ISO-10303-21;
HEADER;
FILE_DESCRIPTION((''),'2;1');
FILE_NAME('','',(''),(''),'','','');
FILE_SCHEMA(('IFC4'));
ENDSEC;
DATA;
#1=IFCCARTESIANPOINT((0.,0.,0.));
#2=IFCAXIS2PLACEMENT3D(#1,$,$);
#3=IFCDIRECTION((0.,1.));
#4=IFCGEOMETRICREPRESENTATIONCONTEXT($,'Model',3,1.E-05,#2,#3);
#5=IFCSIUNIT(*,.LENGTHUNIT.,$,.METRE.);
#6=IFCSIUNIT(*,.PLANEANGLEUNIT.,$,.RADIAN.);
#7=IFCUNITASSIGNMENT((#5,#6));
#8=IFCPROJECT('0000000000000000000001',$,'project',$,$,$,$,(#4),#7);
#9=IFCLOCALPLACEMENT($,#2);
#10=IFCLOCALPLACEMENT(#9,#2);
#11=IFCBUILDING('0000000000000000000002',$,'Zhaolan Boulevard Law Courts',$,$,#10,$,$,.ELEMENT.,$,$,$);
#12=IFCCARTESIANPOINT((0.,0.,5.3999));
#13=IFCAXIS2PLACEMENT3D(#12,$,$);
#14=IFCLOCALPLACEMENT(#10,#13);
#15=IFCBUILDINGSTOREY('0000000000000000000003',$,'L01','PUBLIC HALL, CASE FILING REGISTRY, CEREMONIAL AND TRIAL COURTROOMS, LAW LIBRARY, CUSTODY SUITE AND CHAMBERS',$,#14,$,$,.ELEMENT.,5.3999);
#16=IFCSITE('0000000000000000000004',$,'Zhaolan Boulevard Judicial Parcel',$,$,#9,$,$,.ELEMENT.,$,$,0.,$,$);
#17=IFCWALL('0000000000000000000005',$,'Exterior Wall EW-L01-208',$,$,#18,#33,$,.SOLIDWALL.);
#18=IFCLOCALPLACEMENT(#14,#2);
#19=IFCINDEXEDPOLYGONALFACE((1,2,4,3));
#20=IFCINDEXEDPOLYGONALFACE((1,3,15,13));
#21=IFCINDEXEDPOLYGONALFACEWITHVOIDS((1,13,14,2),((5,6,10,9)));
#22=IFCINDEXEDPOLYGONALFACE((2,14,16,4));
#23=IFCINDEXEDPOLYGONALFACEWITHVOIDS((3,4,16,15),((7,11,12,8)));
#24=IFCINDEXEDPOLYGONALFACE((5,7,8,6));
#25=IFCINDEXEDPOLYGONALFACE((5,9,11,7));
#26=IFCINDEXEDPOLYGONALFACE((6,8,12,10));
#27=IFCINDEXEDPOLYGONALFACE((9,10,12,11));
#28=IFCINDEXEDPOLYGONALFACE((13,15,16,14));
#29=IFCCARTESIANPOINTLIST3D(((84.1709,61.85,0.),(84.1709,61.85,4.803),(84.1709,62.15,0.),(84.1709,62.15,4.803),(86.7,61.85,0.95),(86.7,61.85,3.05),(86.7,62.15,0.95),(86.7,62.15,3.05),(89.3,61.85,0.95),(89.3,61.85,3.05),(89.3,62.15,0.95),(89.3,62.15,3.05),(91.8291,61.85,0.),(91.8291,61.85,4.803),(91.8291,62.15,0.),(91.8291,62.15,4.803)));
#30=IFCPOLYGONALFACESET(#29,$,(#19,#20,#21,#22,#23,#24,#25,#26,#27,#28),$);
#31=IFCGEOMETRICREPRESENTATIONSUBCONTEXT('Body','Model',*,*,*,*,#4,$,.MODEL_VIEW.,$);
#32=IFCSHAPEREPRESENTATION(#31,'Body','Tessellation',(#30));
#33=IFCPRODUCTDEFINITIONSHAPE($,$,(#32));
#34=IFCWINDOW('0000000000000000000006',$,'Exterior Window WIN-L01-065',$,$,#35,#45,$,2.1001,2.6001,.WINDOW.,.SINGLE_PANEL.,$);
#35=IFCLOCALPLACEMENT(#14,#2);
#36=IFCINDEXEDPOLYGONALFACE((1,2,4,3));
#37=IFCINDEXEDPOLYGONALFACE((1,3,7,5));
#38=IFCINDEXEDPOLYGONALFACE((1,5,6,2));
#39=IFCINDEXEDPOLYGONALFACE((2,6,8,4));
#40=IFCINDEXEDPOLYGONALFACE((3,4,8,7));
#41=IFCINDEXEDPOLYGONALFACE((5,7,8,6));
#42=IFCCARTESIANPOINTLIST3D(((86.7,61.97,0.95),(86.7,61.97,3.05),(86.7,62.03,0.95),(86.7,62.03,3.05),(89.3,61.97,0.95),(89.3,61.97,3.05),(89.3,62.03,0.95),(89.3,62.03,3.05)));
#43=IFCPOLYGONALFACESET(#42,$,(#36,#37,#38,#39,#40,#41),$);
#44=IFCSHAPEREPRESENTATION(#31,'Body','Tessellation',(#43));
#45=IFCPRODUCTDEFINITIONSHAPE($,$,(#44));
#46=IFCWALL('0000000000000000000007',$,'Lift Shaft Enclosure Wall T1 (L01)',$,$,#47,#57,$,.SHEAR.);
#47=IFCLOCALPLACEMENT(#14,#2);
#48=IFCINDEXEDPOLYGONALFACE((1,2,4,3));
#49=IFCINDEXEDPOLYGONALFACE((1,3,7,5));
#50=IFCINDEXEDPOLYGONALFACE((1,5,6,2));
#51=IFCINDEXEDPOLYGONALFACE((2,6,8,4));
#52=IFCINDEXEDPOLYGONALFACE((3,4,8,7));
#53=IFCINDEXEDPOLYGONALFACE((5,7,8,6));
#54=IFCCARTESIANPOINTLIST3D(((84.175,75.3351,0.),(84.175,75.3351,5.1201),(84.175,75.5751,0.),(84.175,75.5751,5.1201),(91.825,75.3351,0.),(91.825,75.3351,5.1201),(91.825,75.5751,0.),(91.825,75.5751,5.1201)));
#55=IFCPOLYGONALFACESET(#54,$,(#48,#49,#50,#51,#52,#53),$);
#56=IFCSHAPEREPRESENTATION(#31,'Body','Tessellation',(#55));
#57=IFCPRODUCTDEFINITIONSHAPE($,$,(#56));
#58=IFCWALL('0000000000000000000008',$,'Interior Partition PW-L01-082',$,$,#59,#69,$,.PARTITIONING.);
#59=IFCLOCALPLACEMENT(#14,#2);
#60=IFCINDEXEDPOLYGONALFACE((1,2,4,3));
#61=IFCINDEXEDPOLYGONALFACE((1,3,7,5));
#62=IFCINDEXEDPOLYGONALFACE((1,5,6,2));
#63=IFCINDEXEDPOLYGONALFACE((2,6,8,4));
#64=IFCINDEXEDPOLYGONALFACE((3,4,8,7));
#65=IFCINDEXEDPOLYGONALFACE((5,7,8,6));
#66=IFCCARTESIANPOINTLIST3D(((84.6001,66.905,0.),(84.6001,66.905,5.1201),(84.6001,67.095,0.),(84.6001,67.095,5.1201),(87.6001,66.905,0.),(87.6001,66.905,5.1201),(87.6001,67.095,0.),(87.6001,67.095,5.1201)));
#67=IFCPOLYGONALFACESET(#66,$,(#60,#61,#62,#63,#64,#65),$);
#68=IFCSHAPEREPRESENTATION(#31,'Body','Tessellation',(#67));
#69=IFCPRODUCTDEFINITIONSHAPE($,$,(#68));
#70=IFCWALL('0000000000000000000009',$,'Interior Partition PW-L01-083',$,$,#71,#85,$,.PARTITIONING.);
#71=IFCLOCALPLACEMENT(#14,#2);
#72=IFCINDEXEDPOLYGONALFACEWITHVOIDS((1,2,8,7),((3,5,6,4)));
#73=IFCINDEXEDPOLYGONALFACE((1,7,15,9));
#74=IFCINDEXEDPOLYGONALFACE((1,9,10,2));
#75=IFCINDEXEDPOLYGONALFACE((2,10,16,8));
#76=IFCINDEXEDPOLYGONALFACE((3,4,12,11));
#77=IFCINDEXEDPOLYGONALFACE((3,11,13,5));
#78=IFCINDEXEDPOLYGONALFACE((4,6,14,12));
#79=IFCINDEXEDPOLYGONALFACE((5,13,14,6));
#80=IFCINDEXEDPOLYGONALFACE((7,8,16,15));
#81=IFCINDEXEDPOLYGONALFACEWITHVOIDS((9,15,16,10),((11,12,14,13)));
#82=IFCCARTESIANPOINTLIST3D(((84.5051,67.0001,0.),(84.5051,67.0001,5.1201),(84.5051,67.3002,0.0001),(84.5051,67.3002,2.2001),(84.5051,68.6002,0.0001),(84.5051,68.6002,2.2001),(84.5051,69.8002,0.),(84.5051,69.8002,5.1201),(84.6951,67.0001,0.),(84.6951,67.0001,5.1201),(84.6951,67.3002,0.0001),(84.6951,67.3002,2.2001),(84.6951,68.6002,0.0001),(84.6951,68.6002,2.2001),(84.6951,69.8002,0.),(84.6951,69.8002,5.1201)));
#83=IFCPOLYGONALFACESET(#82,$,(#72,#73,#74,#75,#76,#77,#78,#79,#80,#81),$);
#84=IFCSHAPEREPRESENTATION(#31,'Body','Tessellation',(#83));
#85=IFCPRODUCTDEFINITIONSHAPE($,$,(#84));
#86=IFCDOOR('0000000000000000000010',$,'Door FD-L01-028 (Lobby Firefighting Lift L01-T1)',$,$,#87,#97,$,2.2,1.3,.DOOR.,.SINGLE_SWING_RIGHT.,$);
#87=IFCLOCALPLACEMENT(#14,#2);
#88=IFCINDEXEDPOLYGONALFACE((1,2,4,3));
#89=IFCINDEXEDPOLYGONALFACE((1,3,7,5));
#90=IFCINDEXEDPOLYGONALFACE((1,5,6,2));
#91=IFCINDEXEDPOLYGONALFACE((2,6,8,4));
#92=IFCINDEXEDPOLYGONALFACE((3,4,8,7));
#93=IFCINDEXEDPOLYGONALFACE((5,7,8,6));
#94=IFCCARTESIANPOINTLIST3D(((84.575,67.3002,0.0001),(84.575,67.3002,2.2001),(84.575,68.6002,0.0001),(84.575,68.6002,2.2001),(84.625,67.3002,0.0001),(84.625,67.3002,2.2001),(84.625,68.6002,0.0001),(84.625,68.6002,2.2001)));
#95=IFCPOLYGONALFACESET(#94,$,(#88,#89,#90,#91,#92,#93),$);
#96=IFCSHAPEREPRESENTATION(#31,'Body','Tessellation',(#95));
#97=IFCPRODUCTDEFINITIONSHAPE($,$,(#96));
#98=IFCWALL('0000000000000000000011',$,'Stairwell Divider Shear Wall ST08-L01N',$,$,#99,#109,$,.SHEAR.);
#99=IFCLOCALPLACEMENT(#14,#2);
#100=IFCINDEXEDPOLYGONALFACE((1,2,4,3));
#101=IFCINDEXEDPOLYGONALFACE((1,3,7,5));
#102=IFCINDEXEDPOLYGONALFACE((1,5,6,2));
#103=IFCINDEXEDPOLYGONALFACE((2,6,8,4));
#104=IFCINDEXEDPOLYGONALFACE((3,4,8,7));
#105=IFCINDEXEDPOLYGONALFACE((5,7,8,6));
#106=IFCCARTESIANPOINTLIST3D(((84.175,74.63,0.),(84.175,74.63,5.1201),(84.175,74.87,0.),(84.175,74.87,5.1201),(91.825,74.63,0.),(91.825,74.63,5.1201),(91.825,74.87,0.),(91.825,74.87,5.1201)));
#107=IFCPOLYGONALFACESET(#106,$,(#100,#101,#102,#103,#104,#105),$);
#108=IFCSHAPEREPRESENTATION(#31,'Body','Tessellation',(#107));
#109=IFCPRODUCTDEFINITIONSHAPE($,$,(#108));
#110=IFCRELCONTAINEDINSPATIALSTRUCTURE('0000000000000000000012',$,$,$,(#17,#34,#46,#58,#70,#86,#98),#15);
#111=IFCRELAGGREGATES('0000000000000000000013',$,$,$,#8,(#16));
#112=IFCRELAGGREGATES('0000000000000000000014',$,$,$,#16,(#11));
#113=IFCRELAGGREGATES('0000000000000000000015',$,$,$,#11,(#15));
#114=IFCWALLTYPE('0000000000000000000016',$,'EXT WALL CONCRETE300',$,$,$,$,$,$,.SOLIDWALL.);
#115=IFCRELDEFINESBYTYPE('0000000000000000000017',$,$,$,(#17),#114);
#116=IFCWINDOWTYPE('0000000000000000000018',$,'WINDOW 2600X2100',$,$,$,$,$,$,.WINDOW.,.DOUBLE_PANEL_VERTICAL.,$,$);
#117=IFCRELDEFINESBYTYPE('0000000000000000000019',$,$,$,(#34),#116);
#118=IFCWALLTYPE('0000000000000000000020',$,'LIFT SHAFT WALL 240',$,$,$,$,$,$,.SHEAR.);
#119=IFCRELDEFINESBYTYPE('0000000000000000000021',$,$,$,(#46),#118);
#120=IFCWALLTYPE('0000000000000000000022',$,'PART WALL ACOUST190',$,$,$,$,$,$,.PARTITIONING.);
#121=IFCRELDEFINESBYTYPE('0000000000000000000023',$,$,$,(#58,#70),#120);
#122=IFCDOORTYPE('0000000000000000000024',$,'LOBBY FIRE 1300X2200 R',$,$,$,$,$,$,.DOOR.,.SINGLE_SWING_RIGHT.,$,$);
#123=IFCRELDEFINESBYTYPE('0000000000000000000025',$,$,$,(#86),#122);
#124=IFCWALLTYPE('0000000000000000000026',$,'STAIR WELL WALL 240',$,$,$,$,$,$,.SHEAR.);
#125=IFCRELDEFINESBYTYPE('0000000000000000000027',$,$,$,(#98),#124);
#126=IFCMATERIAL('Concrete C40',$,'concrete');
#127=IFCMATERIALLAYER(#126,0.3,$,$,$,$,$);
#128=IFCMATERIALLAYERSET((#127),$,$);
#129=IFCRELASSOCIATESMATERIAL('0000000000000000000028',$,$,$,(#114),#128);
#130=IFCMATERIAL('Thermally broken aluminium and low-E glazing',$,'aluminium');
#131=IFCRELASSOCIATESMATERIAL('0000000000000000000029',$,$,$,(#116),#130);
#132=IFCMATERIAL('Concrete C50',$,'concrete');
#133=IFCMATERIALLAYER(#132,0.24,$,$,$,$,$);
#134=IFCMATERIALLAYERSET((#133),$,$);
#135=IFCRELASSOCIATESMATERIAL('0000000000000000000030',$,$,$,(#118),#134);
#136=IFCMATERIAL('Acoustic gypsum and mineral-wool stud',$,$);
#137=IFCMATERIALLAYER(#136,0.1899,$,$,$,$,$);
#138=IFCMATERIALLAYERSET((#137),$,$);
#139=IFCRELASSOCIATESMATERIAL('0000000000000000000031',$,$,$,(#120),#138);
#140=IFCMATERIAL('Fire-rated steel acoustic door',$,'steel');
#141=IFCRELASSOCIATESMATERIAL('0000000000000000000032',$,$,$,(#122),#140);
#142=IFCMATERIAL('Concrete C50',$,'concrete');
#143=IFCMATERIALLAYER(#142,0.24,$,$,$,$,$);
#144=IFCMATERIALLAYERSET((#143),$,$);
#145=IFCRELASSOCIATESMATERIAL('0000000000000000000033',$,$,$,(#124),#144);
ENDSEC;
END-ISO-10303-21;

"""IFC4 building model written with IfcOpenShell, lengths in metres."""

from ifc_helpers import new_model, si_unit, direction, frame, frame_2d, origin, place, context, subcontext, project, spatial, rectangle, extrude, material, layer, layer_set, type_object, element, fill, save


model = new_model("IFC4")

# Units and contexts
model_context = context("Model", 3, precision=1e-05, world=origin(), true_north=direction((0.0, 1.0)))
body_context = subcontext(model_context, "Body", "Model", "MODEL_VIEW")
ifc_project = project(units=[si_unit("LENGTHUNIT", "METRE"), si_unit("PLANEANGLEUNIT", "RADIAN")], contexts=[model_context])

# Site, building, storey
site_placement = place(None, origin())
site = spatial("IfcSite", under=ifc_project, at=site_placement, Name="Zhaolan Boulevard Judicial Parcel", CompositionType="ELEMENT", RefElevation=0.0)
building_placement = place(site_placement, origin())
building = spatial("IfcBuilding", under=site, at=building_placement, Name="Zhaolan Boulevard Law Courts", CompositionType="ELEMENT")
storey_placement = place(building_placement, frame((0.0, 0.0, 5.3999)))
storey = spatial("IfcBuildingStorey", under=building, at=storey_placement, Name="L01", Description="PUBLIC HALL, CASE FILING REGISTRY, CEREMONIAL AND TRIAL COURTROOMS, LAW LIBRARY, CUSTODY SUITE AND CHAMBERS", CompositionType="ELEMENT", Elevation=5.3999)

# Wall, opening, window
ifc_material_1 = material(Name="Concrete C40", Category="concrete")
ifc_layer_1 = layer(ifc_material_1, 0.3)
ifc_layer_set_1 = layer_set([ifc_layer_1])
wall_type_1 = type_object("IfcWallType", Name="EXT WALL CONCRETE300", PredefinedType="SOLIDWALL", material=ifc_layer_set_1)
wall_1_placement = place(storey_placement, frame((84.1709, 62.0, 0.0), z_axis=(0.0, 0.0, 1.0), x_axis=(1.0, 0.0, 0.0)))
wall_1 = element("IfcWall", 1, at=wall_1_placement, inside=storey, type_object=wall_type_1, Name="Exterior Wall EW-L01-208", PredefinedType="SOLIDWALL", context=body_context, shape_type="SweptSolid", body=[
    extrude(rectangle(XDim=7.6582, YDim=0.3, at=frame_2d((3.8291, 0.0))), origin(), (0.0, 0.0, 1.0), 4.803),
])
opening_1_placement = place(wall_1_placement, frame((2.5291, 0.0, 0.95)))
opening_1 = element("IfcOpeningElement", 2, at=opening_1_placement, cuts=wall_1, PredefinedType="OPENING", context=body_context, shape_type="SweptSolid", body=[
    extrude(rectangle(XDim=2.6001, YDim=2.1001, at=frame_2d((1.3, 1.05))), frame((0.0, 0.1599, 0.0), z_axis=(0.0, -1.0, 0.0), x_axis=(1.0, 0.0, 0.0)), (0.0, 0.0, 1.0), 0.3201),
])
ifc_material_2 = material(Name="Thermally broken aluminium and low-E glazing", Category="aluminium")
window_type = type_object("IfcWindowType", Name="WINDOW 2600X2100", PartitioningType="DOUBLE_PANEL_VERTICAL", PredefinedType="WINDOW", material=ifc_material_2)
window_placement = place(opening_1_placement, origin())
window = element("IfcWindow", 3, at=window_placement, inside=storey, type_object=window_type, Name="Exterior Window WIN-L01-065", OverallHeight=2.1001, OverallWidth=2.6001, PartitioningType="SINGLE_PANEL", PredefinedType="WINDOW", context=body_context, shape_type="SweptSolid", body=[
    extrude(rectangle(XDim=2.6001, YDim=2.1001, at=frame_2d((1.3, 1.05))), frame((0.0, 0.03, 0.0), z_axis=(0.0, -1.0, 0.0), x_axis=(1.0, 0.0, 0.0)), (0.0, 0.0, 1.0), 0.0601),
])
fill(opening_1, window)

# Walls
ifc_material_3 = material(Name="Concrete C50", Category="concrete")
ifc_layer_2 = layer(ifc_material_3, 0.24)
ifc_layer_set_2 = layer_set([ifc_layer_2])
wall_type_2 = type_object("IfcWallType", Name="LIFT SHAFT WALL 240", PredefinedType="SHEAR", material=ifc_layer_set_2)
wall_2_placement = place(storey_placement, frame((84.175, 75.4551, 0.0), z_axis=(0.0, 0.0, 1.0), x_axis=(1.0, 0.0, 0.0)))
element("IfcWall", 4, at=wall_2_placement, inside=storey, type_object=wall_type_2, Name="Lift Shaft Enclosure Wall T1 (L01)", PredefinedType="SHEAR", context=body_context, shape_type="SweptSolid", body=[
    extrude(rectangle(XDim=7.6499, YDim=0.24, at=frame_2d((3.825, 0.0))), origin(), (0.0, 0.0, 1.0), 5.1201),
])
ifc_material_4 = material(Name="Acoustic gypsum and mineral-wool stud")
ifc_layer_3 = layer(ifc_material_4, 0.1899)
ifc_layer_set_3 = layer_set([ifc_layer_3])
wall_type_3 = type_object("IfcWallType", Name="PART WALL ACOUST190", PredefinedType="PARTITIONING", material=ifc_layer_set_3)
wall_3_placement = place(storey_placement, frame((84.6001, 67.0, 0.0), z_axis=(0.0, 0.0, 1.0), x_axis=(1.0, 0.0, 0.0)))
element("IfcWall", 5, at=wall_3_placement, inside=storey, type_object=wall_type_3, Name="Interior Partition PW-L01-082", PredefinedType="PARTITIONING", context=body_context, shape_type="SweptSolid", body=[
    extrude(rectangle(XDim=3.0, YDim=0.1899, at=frame_2d((1.5, 0.0))), origin(), (0.0, 0.0, 1.0), 5.1201),
])

# Wall, opening, door
wall_4_placement = place(storey_placement, frame((84.6001, 69.8, 0.0), z_axis=(0.0, 0.0, 1.0), x_axis=(0.0, -1.0, 0.0)))
wall_4 = element("IfcWall", 6, at=wall_4_placement, inside=storey, type_object=wall_type_3, Name="Interior Partition PW-L01-083", PredefinedType="PARTITIONING", context=body_context, shape_type="SweptSolid", body=[
    extrude(rectangle(XDim=2.8, YDim=0.1899, at=frame_2d((1.3999, 0.0))), origin(), (0.0, 0.0, 1.0), 5.1201),
])
opening_2_placement = place(wall_4_placement, frame((1.2, 0.0, 0.0)))
opening_2 = element("IfcOpeningElement", 7, at=opening_2_placement, cuts=wall_4, PredefinedType="OPENING", context=body_context, shape_type="SweptSolid", body=[
    extrude(rectangle(XDim=1.3, YDim=2.2, at=frame_2d((0.6499, 1.1001))), frame((0.0, 0.105, 0.0), z_axis=(0.0, -1.0, 0.0), x_axis=(1.0, 0.0, 0.0)), (0.0, 0.0, 1.0), 0.21),
])
ifc_material_5 = material(Name="Fire-rated steel acoustic door", Category="steel")
door_type_1 = type_object("IfcDoorType", Name="LOBBY FIRE 1300X2200 R", OperationType="SINGLE_SWING_RIGHT", PredefinedType="DOOR", material=ifc_material_5)
door_1_placement = place(opening_2_placement, origin())
door_1 = element("IfcDoor", 8, at=door_1_placement, inside=storey, type_object=door_type_1, Name="Door FD-L01-028 (Lobby Firefighting Lift L01-T1)", OperationType="SINGLE_SWING_RIGHT", OverallHeight=2.2, OverallWidth=1.3, PredefinedType="DOOR", context=body_context, shape_type="SweptSolid", body=[
    extrude(rectangle(XDim=1.3, YDim=2.2, at=frame_2d((0.6499, 1.1001))), frame((0.0, 0.0249, 0.0), z_axis=(0.0, -1.0, 0.0), x_axis=(1.0, 0.0, 0.0)), (0.0, 0.0, 1.0), 0.05),
])
fill(opening_2, door_1)

# Wall
ifc_material_6 = material(Name="Concrete C50", Category="concrete")
ifc_layer_4 = layer(ifc_material_6, 0.24)
ifc_layer_set_4 = layer_set([ifc_layer_4])
wall_type_4 = type_object("IfcWallType", Name="STAIR WELL WALL 240", PredefinedType="SHEAR", material=ifc_layer_set_4)
wall_5_placement = place(storey_placement, frame((84.175, 74.75, 0.0), z_axis=(0.0, 0.0, 1.0), x_axis=(1.0, 0.0, 0.0)))
element("IfcWall", 9, at=wall_5_placement, inside=storey, type_object=wall_type_4, Name="Stairwell Divider Shear Wall ST08-L01N", PredefinedType="SHEAR", context=body_context, shape_type="SweptSolid", body=[
    extrude(rectangle(XDim=7.6499, YDim=0.24, at=frame_2d((3.825, 0.0))), origin(), (0.0, 0.0, 1.0), 5.1201),
])

save(model, "model.ifc")
